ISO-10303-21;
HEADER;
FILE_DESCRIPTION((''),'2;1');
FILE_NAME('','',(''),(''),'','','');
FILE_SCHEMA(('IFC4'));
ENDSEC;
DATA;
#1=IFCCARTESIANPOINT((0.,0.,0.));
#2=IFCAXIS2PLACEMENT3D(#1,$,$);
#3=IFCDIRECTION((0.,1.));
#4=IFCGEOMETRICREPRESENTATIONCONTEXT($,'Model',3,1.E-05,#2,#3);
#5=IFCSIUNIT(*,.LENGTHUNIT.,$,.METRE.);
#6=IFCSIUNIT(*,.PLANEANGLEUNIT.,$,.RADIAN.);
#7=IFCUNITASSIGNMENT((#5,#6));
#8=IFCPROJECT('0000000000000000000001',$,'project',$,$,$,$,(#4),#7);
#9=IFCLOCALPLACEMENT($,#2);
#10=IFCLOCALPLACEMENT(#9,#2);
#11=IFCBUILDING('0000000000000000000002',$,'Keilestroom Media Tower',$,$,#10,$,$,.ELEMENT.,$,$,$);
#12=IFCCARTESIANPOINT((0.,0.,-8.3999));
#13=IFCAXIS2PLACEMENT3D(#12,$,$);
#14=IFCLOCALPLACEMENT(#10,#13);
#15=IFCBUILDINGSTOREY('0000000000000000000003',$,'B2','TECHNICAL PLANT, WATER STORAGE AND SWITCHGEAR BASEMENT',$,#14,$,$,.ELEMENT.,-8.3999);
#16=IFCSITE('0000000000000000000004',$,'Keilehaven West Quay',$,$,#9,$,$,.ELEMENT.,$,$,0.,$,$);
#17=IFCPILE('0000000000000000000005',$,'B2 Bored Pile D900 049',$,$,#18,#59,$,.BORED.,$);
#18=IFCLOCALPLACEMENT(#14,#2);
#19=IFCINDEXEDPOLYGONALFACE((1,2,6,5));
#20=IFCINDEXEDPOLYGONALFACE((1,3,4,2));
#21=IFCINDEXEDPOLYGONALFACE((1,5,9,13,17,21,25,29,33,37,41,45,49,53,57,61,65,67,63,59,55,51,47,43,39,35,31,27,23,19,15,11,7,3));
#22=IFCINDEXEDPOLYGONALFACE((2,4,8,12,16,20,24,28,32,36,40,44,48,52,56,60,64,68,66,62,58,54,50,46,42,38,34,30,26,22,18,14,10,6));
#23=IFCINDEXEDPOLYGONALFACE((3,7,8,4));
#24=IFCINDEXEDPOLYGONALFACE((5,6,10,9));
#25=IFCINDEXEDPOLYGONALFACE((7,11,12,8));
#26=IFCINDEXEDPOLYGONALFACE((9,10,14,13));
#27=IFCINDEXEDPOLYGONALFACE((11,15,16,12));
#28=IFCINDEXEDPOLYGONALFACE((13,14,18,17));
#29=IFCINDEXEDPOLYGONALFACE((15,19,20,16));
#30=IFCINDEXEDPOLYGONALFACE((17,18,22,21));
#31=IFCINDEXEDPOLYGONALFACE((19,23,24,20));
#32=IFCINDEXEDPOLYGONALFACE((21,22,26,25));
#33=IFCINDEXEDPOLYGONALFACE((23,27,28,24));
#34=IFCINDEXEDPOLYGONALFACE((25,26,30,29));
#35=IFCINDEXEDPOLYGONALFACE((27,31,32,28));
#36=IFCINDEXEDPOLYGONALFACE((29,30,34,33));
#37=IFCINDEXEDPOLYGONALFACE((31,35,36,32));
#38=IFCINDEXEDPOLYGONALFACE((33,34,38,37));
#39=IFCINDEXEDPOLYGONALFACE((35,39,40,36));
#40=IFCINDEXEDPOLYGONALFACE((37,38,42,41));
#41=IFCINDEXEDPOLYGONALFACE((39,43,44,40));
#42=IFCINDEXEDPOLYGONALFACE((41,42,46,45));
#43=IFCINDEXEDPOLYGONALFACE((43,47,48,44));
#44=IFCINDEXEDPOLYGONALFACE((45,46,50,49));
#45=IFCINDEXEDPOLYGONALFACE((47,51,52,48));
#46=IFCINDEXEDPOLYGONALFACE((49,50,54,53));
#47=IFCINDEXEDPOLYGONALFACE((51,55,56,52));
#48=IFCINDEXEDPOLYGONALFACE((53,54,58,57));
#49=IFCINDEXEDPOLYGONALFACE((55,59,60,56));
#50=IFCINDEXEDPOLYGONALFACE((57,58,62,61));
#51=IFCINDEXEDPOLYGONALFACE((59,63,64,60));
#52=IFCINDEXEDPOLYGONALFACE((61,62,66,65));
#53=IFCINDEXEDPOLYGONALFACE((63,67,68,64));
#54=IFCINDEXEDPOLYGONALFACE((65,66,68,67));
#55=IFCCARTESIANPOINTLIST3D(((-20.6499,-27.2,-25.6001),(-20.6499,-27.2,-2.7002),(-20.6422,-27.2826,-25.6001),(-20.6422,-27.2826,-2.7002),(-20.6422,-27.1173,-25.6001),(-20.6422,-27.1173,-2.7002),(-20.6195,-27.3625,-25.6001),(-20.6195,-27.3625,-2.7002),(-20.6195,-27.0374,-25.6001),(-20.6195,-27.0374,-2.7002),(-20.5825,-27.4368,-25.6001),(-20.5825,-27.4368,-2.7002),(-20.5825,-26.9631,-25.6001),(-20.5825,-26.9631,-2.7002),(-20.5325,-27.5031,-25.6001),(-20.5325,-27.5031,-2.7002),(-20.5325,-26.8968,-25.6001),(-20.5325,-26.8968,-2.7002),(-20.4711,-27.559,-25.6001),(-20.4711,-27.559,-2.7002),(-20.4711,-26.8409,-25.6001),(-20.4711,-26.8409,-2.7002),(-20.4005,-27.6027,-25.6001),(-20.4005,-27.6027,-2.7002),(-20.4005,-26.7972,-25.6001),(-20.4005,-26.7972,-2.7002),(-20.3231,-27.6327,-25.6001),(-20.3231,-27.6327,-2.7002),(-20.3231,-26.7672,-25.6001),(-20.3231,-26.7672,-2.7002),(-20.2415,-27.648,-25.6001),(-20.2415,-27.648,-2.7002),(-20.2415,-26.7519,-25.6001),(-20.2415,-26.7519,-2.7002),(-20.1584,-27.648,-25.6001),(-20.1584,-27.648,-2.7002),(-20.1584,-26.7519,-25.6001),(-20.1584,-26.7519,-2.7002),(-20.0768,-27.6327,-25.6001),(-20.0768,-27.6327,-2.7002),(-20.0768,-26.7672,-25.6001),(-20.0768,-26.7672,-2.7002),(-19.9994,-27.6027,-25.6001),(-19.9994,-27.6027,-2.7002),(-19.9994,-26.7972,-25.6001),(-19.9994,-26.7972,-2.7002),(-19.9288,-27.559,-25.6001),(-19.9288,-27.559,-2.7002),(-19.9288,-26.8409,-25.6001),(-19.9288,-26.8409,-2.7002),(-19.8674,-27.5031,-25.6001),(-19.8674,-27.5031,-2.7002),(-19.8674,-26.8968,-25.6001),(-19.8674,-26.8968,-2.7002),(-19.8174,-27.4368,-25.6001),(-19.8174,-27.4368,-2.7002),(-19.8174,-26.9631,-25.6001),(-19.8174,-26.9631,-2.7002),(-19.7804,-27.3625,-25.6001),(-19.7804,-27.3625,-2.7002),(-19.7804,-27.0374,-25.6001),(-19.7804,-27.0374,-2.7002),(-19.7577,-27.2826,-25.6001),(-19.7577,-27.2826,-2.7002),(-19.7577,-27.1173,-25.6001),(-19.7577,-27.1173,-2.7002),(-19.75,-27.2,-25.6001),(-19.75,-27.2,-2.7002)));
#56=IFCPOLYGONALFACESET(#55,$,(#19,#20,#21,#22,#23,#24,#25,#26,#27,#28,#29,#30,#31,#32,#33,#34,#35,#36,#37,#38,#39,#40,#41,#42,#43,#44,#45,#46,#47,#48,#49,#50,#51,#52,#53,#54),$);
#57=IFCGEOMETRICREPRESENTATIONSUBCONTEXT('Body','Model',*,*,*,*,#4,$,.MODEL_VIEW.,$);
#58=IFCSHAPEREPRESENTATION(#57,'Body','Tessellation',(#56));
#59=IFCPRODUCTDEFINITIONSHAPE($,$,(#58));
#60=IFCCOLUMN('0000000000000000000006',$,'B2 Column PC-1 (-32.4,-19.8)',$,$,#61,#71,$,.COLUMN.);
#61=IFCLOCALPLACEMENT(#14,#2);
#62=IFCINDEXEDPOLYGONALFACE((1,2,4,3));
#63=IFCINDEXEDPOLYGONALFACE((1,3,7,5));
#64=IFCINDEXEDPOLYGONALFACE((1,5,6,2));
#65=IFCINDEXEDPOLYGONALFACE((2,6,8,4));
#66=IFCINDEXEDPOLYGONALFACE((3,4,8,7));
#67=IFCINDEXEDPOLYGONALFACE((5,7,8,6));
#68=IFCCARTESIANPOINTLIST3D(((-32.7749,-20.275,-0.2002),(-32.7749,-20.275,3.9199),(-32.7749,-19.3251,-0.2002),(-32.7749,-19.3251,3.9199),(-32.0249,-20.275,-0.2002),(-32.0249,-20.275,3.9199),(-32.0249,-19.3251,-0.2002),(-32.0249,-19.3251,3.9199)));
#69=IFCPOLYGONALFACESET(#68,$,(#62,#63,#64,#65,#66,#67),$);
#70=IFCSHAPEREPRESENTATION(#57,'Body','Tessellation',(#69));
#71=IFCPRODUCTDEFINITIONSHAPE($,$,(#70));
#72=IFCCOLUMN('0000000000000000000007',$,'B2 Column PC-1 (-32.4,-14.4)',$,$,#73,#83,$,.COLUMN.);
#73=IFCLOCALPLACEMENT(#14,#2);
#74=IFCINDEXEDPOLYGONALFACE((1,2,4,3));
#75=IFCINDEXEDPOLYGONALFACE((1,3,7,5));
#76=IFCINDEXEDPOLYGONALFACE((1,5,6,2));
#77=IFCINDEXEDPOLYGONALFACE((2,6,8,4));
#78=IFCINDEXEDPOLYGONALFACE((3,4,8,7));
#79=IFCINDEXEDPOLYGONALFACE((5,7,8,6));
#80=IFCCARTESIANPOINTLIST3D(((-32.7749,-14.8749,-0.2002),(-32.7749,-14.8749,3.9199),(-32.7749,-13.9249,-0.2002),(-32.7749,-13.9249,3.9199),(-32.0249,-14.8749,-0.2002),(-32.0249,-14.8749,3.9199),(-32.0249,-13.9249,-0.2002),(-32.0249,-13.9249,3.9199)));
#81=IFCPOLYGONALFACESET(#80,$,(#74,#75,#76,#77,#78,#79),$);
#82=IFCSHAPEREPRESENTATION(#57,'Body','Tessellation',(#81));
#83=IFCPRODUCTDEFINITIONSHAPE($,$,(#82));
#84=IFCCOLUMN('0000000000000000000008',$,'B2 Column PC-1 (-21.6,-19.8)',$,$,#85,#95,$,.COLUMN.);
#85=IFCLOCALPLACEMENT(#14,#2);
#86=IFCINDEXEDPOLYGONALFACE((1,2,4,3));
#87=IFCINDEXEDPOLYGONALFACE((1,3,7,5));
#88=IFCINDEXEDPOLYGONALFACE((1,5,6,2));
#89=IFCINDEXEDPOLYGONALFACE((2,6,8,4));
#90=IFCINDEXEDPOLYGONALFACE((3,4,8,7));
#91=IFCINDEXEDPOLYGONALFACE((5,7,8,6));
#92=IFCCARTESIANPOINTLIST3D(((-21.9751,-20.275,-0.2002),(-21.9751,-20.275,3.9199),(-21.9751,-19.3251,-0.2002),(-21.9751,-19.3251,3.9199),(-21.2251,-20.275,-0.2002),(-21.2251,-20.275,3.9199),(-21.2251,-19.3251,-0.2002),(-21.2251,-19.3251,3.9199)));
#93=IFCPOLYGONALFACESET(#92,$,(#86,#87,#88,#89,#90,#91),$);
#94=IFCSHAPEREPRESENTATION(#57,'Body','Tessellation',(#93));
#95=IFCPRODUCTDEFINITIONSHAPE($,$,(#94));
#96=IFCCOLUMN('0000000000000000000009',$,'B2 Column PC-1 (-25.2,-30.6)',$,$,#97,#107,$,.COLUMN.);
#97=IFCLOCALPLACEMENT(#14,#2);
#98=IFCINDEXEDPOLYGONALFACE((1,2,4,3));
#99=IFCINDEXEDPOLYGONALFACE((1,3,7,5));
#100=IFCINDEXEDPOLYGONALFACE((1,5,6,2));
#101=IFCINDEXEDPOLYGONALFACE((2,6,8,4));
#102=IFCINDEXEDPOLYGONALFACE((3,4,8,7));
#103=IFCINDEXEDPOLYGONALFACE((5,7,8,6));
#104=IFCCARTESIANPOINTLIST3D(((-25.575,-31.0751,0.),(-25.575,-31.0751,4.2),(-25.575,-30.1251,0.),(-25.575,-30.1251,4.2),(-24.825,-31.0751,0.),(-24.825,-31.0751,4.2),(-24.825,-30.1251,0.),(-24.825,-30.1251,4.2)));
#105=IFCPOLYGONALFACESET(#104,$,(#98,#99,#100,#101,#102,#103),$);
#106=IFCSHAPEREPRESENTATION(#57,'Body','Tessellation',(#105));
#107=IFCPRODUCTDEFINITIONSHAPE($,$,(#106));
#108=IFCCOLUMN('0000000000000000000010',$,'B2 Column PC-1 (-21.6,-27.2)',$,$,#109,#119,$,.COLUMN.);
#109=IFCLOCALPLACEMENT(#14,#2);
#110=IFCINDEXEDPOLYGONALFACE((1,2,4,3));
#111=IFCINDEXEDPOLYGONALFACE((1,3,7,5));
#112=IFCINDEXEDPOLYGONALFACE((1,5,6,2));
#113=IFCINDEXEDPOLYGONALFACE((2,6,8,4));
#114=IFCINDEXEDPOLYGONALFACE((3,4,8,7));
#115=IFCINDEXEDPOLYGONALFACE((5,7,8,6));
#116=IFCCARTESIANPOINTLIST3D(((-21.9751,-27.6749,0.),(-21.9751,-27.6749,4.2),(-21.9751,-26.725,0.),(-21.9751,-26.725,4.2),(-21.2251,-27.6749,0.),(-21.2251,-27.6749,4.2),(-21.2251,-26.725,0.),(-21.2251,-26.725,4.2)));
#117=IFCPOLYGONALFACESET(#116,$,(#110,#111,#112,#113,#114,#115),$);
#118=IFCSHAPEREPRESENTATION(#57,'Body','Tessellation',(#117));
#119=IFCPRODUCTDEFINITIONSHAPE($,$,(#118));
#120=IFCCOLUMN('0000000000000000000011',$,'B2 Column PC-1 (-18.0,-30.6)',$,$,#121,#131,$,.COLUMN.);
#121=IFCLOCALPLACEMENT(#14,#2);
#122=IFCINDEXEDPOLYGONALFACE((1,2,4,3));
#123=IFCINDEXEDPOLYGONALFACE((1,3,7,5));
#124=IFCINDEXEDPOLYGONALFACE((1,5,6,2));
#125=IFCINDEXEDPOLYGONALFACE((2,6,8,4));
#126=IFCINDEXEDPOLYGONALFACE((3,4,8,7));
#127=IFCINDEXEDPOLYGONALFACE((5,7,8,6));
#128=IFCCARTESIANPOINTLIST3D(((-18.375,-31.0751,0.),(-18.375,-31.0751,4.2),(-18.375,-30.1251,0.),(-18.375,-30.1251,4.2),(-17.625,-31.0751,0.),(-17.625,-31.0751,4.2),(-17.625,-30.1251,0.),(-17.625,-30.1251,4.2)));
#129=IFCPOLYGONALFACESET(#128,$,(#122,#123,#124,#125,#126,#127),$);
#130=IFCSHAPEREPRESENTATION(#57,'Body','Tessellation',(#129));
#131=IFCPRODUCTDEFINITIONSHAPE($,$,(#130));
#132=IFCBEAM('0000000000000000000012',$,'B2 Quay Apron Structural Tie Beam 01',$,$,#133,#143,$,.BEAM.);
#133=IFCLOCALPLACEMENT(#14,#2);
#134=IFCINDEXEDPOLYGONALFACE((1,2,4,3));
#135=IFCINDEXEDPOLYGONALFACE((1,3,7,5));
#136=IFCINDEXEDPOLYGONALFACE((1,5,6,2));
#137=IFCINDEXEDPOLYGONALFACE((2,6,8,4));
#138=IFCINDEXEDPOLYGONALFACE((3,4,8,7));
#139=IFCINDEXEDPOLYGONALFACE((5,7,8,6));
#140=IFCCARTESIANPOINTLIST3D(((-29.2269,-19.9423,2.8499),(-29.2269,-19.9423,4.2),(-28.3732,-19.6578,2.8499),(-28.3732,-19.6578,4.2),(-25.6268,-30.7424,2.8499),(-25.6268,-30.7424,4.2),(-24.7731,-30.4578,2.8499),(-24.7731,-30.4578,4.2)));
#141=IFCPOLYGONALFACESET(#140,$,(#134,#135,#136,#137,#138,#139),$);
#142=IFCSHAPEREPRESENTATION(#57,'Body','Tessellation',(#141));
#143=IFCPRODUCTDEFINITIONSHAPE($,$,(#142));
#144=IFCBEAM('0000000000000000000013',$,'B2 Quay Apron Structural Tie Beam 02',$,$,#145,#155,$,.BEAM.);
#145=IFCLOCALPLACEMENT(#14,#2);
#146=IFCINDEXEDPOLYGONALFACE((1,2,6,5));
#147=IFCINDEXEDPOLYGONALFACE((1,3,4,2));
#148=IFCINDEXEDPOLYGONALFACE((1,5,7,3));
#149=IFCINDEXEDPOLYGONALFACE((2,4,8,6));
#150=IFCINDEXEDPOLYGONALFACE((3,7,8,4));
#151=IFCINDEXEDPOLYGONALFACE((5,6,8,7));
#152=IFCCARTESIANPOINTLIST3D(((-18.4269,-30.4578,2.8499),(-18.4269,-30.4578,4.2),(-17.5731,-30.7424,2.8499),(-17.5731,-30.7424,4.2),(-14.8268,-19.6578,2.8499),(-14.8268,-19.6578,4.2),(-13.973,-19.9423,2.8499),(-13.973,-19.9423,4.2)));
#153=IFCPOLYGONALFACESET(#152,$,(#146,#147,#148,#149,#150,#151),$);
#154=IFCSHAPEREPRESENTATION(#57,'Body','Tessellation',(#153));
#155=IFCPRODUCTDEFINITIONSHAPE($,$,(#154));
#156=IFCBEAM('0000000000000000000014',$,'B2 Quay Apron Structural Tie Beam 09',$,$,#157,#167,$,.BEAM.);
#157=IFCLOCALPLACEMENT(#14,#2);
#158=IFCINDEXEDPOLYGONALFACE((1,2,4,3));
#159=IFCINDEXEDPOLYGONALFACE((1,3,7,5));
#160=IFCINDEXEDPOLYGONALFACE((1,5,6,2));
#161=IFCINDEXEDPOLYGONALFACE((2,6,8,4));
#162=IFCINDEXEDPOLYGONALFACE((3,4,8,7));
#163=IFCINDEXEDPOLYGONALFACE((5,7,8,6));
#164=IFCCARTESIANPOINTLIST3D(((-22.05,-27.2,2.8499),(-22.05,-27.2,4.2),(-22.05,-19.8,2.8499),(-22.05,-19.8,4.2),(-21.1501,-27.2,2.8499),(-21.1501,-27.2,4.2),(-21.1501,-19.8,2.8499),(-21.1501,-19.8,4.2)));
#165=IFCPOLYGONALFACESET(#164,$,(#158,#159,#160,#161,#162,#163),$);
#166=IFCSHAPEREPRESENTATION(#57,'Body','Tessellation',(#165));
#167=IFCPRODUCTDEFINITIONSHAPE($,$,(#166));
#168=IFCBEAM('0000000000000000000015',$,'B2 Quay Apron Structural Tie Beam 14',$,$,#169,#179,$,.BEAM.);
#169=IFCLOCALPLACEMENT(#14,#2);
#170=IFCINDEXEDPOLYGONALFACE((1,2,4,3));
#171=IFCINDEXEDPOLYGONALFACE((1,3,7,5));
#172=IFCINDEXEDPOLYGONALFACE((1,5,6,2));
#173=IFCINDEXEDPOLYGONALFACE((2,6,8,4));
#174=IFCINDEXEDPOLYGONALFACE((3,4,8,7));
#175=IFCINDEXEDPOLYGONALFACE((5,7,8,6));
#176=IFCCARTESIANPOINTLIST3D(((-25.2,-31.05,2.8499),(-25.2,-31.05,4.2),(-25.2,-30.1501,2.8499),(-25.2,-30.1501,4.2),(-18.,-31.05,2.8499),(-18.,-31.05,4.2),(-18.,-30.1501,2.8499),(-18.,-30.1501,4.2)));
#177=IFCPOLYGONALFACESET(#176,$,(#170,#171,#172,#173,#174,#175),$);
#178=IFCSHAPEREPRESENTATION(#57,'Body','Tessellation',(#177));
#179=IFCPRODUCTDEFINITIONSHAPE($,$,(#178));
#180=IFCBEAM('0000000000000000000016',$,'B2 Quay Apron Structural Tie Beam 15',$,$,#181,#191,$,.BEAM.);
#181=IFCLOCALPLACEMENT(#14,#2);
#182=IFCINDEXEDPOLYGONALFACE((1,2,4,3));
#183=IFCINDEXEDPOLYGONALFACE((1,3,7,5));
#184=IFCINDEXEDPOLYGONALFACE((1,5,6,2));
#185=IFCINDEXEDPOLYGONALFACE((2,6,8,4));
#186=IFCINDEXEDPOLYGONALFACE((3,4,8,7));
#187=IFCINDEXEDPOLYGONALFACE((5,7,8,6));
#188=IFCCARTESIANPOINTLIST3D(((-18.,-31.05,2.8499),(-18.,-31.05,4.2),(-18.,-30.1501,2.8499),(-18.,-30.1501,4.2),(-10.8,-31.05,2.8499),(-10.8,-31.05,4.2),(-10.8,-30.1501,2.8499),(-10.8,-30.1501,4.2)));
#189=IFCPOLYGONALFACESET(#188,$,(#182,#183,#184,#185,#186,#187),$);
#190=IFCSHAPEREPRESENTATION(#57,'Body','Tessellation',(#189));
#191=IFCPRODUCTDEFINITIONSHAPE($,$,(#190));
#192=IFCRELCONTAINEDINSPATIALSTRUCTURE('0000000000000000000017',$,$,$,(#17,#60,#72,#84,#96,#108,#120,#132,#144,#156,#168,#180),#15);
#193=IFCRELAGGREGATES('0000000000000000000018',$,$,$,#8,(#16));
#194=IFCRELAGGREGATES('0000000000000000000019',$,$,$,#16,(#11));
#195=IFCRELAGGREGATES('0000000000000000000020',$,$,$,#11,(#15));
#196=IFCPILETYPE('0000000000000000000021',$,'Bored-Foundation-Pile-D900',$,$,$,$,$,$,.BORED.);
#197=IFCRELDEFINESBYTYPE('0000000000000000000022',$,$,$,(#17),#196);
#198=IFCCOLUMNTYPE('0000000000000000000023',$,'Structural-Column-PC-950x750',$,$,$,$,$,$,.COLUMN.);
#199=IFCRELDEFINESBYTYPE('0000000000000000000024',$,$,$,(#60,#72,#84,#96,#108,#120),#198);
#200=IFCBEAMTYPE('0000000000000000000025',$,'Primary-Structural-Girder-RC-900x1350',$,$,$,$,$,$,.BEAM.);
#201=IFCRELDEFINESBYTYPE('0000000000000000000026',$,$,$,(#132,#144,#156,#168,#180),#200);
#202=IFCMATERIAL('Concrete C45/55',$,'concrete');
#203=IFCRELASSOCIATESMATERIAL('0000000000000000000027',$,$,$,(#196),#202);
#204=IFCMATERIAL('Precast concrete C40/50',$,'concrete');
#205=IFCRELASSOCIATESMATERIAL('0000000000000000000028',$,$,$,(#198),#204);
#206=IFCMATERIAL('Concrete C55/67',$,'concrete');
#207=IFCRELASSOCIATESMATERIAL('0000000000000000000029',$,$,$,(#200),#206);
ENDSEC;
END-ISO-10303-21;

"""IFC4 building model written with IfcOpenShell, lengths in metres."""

from ifc_helpers import new_model, si_unit, direction, frame, origin, origin_2d, place, context, subcontext, project, spatial, rectangle, circle, extrude, source, transform, mapped, material, material_profile, profile_set, type_object, element, save


model = new_model("IFC4")

# Units and contexts
model_context = context("Model", 3, precision=1e-05, world=origin(), true_north=direction((0.0, 1.0)))
body_context = subcontext(model_context, "Body", "Model", "MODEL_VIEW")
ifc_project = project(units=[si_unit("LENGTHUNIT", "METRE"), si_unit("PLANEANGLEUNIT", "RADIAN")], contexts=[model_context])

# Site, building, storey
site_placement = place(None, origin())
site = spatial("IfcSite", under=ifc_project, at=site_placement, Name="Keilehaven West Quay", CompositionType="ELEMENT", RefElevation=0.0)
building_placement = place(site_placement, origin())
building = spatial("IfcBuilding", under=site, at=building_placement, Name="Keilestroom Media Tower", CompositionType="ELEMENT")
storey_placement = place(building_placement, frame((0.0, 0.0, -8.3999)))
storey = spatial("IfcBuildingStorey", under=building, at=storey_placement, Name="B2", Description="TECHNICAL PLANT, WATER STORAGE AND SWITCHGEAR BASEMENT", CompositionType="ELEMENT", Elevation=-8.3999)

# Shared definitions
ifc_material_1 = material(Name="Concrete C55/67", Category="concrete")

# Pile
ifc_material_2 = material(Name="Concrete C45/55", Category="concrete")
ifc_material_profile_1 = material_profile(ifc_material_2, circle(Radius=0.45, at=origin_2d()), Name="BORED PILE D900")
ifc_profile_set_1 = profile_set([ifc_material_profile_1], Name="Concrete C45/55")
pile_type = type_object("IfcPileType", Name="Bored-Foundation-Pile-D900", PredefinedType="BORED", material=ifc_profile_set_1)
shared_shape_1 = source(origin(), body_context, "Body", "SweptSolid", [
    extrude(circle(Radius=0.45, at=origin_2d()), origin(), (0.0, 0.0, 1.0), 22.8999),
])
for number, where, z_axis, x_axis, name in (
    (1, (-20.2, -27.2, -2.7002), (0.0, 0.0, -1.0), (1.0, 0.0, 0.0), "B2 Bored Pile D900 049"),
):
    element("IfcPile", number, at=place(storey_placement, frame(where, z_axis=z_axis, x_axis=x_axis)), inside=storey, type_object=pile_type, Name=name, PredefinedType="BORED", context=body_context, shape_type="MappedRepresentation", body=[
        mapped(shared_shape_1, transform((0.0, 0.0, 0.0), x_axis=(1.0, 0.0, 0.0), y_axis=(0.0, 1.0, 0.0), z_axis=(0.0, 0.0, 1.0), scale=1.0)),
    ])

# Columns
ifc_material_3 = material(Name="Precast concrete C40/50", Category="concrete")
ifc_material_profile_2 = material_profile(ifc_material_3, rectangle(XDim=0.75, YDim=0.95, at=origin_2d()), Name="PC 950x750")
ifc_profile_set_2 = profile_set([ifc_material_profile_2], Name="Precast concrete C40/50")
column_type = type_object("IfcColumnType", Name="Structural-Column-PC-950x750", PredefinedType="COLUMN", material=ifc_profile_set_2)
shared_shape_2 = source(origin(), body_context, "Body", "SweptSolid", [
    extrude(rectangle(XDim=0.75, YDim=0.95, at=origin_2d()), origin(), (0.0, 0.0, 1.0), 4.1201),
])
for number, where, z_axis, x_axis, name in (
    (2, (-32.3999, -19.8, -0.2002), (0.0, 0.0, 1.0), (1.0, 0.0, 0.0), "B2 Column PC-1 (-32.4,-19.8)"),
    (3, (-32.3999, -14.3999, -0.2002), (0.0, 0.0, 1.0), (1.0, 0.0, 0.0), "B2 Column PC-1 (-32.4,-14.4)"),
    (4, (-21.6001, -19.8, -0.2002), (0.0, 0.0, 1.0), (1.0, 0.0, 0.0), "B2 Column PC-1 (-21.6,-19.8)"),
):
    element("IfcColumn", number, at=place(storey_placement, frame(where, z_axis=z_axis, x_axis=x_axis)), inside=storey, type_object=column_type, Name=name, PredefinedType="COLUMN", context=body_context, shape_type="MappedRepresentation", body=[
        mapped(shared_shape_2, transform((0.0, 0.0, 0.0), x_axis=(1.0, 0.0, 0.0), y_axis=(0.0, 1.0, 0.0), z_axis=(0.0, 0.0, 1.0), scale=1.0)),
    ])
shared_shape_3 = source(origin(), body_context, "Body", "SweptSolid", [
    extrude(rectangle(XDim=0.75, YDim=0.95, at=origin_2d()), origin(), (0.0, 0.0, 1.0), 4.2),
])
for number, where, z_axis, x_axis, name in (
    (5, (-25.2, -30.6001, 0.0), (0.0, 0.0, 1.0), (1.0, 0.0, 0.0), "B2 Column PC-1 (-25.2,-30.6)"),
    (6, (-21.6001, -27.2, 0.0), (0.0, 0.0, 1.0), (1.0, 0.0, 0.0), "B2 Column PC-1 (-21.6,-27.2)"),
    (7, (-18.0, -30.6001, 0.0), (0.0, 0.0, 1.0), (1.0, 0.0, 0.0), "B2 Column PC-1 (-18.0,-30.6)"),
):
    element("IfcColumn", number, at=place(storey_placement, frame(where, z_axis=z_axis, x_axis=x_axis)), inside=storey, type_object=column_type, Name=name, PredefinedType="COLUMN", context=body_context, shape_type="MappedRepresentation", body=[
        mapped(shared_shape_3, transform((0.0, 0.0, 0.0), x_axis=(1.0, 0.0, 0.0), y_axis=(0.0, 1.0, 0.0), z_axis=(0.0, 0.0, 1.0), scale=1.0)),
    ])

# Beams
ifc_material_profile_3 = material_profile(ifc_material_1, rectangle(XDim=0.8999, YDim=1.3501, at=origin_2d()), Name="RC 900x1350")
ifc_profile_set_3 = profile_set([ifc_material_profile_3], Name="Concrete C55/67")
beam_type_1 = type_object("IfcBeamType", Name="Primary-Structural-Girder-RC-900x1350", PredefinedType="BEAM", material=ifc_profile_set_3)
shared_shape_4 = source(origin(), body_context, "Body", "SweptSolid", [
    extrude(rectangle(XDim=0.8999, YDim=1.3501, at=origin_2d()), origin(), (0.0, 0.0, 1.0), 11.3843),
])
for number, where, z_axis, x_axis, name in (
    (8, (-25.2, -30.6001, 3.5249), (-0.316234, 0.948681, 0.0), (-0.948681, -0.316234, 0.0), "B2 Quay Apron Structural Tie Beam 01"),
    (9, (-18.0, -30.6001, 3.5249), (0.316234, 0.948681, 0.0), (-0.948681, 0.316234, 0.0), "B2 Quay Apron Structural Tie Beam 02"),
):
    element("IfcBeam", number, at=place(storey_placement, frame(where, z_axis=z_axis, x_axis=x_axis)), inside=storey, type_object=beam_type_1, Name=name, PredefinedType="BEAM", context=body_context, shape_type="MappedRepresentation", body=[
        mapped(shared_shape_4, transform((0.0, 0.0, 0.0), x_axis=(1.0, 0.0, 0.0), y_axis=(0.0, 1.0, 0.0), z_axis=(0.0, 0.0, 1.0), scale=1.0)),
    ])
shared_shape_5 = source(origin(), body_context, "Body", "SweptSolid", [
    extrude(rectangle(XDim=0.8999, YDim=1.3501, at=origin_2d()), origin(), (0.0, 0.0, 1.0), 7.3999),
])
beam_1_placement = place(storey_placement, frame((-21.6001, -27.2, 3.5249), z_axis=(0.0, 1.0, 0.0), x_axis=(-1.0, 0.0, 0.0)))
element("IfcBeam", 10, at=beam_1_placement, inside=storey, type_object=beam_type_1, Name="B2 Quay Apron Structural Tie Beam 09", PredefinedType="BEAM", context=body_context, shape_type="MappedRepresentation", body=[
    mapped(shared_shape_5, transform((0.0, 0.0, 0.0), x_axis=(1.0, 0.0, 0.0), y_axis=(0.0, 1.0, 0.0), z_axis=(0.0, 0.0, 1.0), scale=1.0)),
])
shared_shape_6 = source(origin(), body_context, "Body", "SweptSolid", [
    extrude(rectangle(XDim=0.8999, YDim=1.3501, at=origin_2d()), origin(), (0.0, 0.0, 1.0), 7.2),
])
for number, where, z_axis, x_axis, name in (
    (11, (-25.2, -30.6001, 3.5249), (1.0, 0.0, 0.0), (0.0, 1.0, 0.0), "B2 Quay Apron Structural Tie Beam 14"),
    (12, (-18.0, -30.6001, 3.5249), (1.0, 0.0, 0.0), (0.0, 1.0, 0.0), "B2 Quay Apron Structural Tie Beam 15"),
):
    element("IfcBeam", number, at=place(storey_placement, frame(where, z_axis=z_axis, x_axis=x_axis)), inside=storey, type_object=beam_type_1, Name=name, PredefinedType="BEAM", context=body_context, shape_type="MappedRepresentation", body=[
        mapped(shared_shape_6, transform((0.0, 0.0, 0.0), x_axis=(1.0, 0.0, 0.0), y_axis=(0.0, 1.0, 0.0), z_axis=(0.0, 0.0, 1.0), scale=1.0)),
    ])

save(model, "model.ifc")
